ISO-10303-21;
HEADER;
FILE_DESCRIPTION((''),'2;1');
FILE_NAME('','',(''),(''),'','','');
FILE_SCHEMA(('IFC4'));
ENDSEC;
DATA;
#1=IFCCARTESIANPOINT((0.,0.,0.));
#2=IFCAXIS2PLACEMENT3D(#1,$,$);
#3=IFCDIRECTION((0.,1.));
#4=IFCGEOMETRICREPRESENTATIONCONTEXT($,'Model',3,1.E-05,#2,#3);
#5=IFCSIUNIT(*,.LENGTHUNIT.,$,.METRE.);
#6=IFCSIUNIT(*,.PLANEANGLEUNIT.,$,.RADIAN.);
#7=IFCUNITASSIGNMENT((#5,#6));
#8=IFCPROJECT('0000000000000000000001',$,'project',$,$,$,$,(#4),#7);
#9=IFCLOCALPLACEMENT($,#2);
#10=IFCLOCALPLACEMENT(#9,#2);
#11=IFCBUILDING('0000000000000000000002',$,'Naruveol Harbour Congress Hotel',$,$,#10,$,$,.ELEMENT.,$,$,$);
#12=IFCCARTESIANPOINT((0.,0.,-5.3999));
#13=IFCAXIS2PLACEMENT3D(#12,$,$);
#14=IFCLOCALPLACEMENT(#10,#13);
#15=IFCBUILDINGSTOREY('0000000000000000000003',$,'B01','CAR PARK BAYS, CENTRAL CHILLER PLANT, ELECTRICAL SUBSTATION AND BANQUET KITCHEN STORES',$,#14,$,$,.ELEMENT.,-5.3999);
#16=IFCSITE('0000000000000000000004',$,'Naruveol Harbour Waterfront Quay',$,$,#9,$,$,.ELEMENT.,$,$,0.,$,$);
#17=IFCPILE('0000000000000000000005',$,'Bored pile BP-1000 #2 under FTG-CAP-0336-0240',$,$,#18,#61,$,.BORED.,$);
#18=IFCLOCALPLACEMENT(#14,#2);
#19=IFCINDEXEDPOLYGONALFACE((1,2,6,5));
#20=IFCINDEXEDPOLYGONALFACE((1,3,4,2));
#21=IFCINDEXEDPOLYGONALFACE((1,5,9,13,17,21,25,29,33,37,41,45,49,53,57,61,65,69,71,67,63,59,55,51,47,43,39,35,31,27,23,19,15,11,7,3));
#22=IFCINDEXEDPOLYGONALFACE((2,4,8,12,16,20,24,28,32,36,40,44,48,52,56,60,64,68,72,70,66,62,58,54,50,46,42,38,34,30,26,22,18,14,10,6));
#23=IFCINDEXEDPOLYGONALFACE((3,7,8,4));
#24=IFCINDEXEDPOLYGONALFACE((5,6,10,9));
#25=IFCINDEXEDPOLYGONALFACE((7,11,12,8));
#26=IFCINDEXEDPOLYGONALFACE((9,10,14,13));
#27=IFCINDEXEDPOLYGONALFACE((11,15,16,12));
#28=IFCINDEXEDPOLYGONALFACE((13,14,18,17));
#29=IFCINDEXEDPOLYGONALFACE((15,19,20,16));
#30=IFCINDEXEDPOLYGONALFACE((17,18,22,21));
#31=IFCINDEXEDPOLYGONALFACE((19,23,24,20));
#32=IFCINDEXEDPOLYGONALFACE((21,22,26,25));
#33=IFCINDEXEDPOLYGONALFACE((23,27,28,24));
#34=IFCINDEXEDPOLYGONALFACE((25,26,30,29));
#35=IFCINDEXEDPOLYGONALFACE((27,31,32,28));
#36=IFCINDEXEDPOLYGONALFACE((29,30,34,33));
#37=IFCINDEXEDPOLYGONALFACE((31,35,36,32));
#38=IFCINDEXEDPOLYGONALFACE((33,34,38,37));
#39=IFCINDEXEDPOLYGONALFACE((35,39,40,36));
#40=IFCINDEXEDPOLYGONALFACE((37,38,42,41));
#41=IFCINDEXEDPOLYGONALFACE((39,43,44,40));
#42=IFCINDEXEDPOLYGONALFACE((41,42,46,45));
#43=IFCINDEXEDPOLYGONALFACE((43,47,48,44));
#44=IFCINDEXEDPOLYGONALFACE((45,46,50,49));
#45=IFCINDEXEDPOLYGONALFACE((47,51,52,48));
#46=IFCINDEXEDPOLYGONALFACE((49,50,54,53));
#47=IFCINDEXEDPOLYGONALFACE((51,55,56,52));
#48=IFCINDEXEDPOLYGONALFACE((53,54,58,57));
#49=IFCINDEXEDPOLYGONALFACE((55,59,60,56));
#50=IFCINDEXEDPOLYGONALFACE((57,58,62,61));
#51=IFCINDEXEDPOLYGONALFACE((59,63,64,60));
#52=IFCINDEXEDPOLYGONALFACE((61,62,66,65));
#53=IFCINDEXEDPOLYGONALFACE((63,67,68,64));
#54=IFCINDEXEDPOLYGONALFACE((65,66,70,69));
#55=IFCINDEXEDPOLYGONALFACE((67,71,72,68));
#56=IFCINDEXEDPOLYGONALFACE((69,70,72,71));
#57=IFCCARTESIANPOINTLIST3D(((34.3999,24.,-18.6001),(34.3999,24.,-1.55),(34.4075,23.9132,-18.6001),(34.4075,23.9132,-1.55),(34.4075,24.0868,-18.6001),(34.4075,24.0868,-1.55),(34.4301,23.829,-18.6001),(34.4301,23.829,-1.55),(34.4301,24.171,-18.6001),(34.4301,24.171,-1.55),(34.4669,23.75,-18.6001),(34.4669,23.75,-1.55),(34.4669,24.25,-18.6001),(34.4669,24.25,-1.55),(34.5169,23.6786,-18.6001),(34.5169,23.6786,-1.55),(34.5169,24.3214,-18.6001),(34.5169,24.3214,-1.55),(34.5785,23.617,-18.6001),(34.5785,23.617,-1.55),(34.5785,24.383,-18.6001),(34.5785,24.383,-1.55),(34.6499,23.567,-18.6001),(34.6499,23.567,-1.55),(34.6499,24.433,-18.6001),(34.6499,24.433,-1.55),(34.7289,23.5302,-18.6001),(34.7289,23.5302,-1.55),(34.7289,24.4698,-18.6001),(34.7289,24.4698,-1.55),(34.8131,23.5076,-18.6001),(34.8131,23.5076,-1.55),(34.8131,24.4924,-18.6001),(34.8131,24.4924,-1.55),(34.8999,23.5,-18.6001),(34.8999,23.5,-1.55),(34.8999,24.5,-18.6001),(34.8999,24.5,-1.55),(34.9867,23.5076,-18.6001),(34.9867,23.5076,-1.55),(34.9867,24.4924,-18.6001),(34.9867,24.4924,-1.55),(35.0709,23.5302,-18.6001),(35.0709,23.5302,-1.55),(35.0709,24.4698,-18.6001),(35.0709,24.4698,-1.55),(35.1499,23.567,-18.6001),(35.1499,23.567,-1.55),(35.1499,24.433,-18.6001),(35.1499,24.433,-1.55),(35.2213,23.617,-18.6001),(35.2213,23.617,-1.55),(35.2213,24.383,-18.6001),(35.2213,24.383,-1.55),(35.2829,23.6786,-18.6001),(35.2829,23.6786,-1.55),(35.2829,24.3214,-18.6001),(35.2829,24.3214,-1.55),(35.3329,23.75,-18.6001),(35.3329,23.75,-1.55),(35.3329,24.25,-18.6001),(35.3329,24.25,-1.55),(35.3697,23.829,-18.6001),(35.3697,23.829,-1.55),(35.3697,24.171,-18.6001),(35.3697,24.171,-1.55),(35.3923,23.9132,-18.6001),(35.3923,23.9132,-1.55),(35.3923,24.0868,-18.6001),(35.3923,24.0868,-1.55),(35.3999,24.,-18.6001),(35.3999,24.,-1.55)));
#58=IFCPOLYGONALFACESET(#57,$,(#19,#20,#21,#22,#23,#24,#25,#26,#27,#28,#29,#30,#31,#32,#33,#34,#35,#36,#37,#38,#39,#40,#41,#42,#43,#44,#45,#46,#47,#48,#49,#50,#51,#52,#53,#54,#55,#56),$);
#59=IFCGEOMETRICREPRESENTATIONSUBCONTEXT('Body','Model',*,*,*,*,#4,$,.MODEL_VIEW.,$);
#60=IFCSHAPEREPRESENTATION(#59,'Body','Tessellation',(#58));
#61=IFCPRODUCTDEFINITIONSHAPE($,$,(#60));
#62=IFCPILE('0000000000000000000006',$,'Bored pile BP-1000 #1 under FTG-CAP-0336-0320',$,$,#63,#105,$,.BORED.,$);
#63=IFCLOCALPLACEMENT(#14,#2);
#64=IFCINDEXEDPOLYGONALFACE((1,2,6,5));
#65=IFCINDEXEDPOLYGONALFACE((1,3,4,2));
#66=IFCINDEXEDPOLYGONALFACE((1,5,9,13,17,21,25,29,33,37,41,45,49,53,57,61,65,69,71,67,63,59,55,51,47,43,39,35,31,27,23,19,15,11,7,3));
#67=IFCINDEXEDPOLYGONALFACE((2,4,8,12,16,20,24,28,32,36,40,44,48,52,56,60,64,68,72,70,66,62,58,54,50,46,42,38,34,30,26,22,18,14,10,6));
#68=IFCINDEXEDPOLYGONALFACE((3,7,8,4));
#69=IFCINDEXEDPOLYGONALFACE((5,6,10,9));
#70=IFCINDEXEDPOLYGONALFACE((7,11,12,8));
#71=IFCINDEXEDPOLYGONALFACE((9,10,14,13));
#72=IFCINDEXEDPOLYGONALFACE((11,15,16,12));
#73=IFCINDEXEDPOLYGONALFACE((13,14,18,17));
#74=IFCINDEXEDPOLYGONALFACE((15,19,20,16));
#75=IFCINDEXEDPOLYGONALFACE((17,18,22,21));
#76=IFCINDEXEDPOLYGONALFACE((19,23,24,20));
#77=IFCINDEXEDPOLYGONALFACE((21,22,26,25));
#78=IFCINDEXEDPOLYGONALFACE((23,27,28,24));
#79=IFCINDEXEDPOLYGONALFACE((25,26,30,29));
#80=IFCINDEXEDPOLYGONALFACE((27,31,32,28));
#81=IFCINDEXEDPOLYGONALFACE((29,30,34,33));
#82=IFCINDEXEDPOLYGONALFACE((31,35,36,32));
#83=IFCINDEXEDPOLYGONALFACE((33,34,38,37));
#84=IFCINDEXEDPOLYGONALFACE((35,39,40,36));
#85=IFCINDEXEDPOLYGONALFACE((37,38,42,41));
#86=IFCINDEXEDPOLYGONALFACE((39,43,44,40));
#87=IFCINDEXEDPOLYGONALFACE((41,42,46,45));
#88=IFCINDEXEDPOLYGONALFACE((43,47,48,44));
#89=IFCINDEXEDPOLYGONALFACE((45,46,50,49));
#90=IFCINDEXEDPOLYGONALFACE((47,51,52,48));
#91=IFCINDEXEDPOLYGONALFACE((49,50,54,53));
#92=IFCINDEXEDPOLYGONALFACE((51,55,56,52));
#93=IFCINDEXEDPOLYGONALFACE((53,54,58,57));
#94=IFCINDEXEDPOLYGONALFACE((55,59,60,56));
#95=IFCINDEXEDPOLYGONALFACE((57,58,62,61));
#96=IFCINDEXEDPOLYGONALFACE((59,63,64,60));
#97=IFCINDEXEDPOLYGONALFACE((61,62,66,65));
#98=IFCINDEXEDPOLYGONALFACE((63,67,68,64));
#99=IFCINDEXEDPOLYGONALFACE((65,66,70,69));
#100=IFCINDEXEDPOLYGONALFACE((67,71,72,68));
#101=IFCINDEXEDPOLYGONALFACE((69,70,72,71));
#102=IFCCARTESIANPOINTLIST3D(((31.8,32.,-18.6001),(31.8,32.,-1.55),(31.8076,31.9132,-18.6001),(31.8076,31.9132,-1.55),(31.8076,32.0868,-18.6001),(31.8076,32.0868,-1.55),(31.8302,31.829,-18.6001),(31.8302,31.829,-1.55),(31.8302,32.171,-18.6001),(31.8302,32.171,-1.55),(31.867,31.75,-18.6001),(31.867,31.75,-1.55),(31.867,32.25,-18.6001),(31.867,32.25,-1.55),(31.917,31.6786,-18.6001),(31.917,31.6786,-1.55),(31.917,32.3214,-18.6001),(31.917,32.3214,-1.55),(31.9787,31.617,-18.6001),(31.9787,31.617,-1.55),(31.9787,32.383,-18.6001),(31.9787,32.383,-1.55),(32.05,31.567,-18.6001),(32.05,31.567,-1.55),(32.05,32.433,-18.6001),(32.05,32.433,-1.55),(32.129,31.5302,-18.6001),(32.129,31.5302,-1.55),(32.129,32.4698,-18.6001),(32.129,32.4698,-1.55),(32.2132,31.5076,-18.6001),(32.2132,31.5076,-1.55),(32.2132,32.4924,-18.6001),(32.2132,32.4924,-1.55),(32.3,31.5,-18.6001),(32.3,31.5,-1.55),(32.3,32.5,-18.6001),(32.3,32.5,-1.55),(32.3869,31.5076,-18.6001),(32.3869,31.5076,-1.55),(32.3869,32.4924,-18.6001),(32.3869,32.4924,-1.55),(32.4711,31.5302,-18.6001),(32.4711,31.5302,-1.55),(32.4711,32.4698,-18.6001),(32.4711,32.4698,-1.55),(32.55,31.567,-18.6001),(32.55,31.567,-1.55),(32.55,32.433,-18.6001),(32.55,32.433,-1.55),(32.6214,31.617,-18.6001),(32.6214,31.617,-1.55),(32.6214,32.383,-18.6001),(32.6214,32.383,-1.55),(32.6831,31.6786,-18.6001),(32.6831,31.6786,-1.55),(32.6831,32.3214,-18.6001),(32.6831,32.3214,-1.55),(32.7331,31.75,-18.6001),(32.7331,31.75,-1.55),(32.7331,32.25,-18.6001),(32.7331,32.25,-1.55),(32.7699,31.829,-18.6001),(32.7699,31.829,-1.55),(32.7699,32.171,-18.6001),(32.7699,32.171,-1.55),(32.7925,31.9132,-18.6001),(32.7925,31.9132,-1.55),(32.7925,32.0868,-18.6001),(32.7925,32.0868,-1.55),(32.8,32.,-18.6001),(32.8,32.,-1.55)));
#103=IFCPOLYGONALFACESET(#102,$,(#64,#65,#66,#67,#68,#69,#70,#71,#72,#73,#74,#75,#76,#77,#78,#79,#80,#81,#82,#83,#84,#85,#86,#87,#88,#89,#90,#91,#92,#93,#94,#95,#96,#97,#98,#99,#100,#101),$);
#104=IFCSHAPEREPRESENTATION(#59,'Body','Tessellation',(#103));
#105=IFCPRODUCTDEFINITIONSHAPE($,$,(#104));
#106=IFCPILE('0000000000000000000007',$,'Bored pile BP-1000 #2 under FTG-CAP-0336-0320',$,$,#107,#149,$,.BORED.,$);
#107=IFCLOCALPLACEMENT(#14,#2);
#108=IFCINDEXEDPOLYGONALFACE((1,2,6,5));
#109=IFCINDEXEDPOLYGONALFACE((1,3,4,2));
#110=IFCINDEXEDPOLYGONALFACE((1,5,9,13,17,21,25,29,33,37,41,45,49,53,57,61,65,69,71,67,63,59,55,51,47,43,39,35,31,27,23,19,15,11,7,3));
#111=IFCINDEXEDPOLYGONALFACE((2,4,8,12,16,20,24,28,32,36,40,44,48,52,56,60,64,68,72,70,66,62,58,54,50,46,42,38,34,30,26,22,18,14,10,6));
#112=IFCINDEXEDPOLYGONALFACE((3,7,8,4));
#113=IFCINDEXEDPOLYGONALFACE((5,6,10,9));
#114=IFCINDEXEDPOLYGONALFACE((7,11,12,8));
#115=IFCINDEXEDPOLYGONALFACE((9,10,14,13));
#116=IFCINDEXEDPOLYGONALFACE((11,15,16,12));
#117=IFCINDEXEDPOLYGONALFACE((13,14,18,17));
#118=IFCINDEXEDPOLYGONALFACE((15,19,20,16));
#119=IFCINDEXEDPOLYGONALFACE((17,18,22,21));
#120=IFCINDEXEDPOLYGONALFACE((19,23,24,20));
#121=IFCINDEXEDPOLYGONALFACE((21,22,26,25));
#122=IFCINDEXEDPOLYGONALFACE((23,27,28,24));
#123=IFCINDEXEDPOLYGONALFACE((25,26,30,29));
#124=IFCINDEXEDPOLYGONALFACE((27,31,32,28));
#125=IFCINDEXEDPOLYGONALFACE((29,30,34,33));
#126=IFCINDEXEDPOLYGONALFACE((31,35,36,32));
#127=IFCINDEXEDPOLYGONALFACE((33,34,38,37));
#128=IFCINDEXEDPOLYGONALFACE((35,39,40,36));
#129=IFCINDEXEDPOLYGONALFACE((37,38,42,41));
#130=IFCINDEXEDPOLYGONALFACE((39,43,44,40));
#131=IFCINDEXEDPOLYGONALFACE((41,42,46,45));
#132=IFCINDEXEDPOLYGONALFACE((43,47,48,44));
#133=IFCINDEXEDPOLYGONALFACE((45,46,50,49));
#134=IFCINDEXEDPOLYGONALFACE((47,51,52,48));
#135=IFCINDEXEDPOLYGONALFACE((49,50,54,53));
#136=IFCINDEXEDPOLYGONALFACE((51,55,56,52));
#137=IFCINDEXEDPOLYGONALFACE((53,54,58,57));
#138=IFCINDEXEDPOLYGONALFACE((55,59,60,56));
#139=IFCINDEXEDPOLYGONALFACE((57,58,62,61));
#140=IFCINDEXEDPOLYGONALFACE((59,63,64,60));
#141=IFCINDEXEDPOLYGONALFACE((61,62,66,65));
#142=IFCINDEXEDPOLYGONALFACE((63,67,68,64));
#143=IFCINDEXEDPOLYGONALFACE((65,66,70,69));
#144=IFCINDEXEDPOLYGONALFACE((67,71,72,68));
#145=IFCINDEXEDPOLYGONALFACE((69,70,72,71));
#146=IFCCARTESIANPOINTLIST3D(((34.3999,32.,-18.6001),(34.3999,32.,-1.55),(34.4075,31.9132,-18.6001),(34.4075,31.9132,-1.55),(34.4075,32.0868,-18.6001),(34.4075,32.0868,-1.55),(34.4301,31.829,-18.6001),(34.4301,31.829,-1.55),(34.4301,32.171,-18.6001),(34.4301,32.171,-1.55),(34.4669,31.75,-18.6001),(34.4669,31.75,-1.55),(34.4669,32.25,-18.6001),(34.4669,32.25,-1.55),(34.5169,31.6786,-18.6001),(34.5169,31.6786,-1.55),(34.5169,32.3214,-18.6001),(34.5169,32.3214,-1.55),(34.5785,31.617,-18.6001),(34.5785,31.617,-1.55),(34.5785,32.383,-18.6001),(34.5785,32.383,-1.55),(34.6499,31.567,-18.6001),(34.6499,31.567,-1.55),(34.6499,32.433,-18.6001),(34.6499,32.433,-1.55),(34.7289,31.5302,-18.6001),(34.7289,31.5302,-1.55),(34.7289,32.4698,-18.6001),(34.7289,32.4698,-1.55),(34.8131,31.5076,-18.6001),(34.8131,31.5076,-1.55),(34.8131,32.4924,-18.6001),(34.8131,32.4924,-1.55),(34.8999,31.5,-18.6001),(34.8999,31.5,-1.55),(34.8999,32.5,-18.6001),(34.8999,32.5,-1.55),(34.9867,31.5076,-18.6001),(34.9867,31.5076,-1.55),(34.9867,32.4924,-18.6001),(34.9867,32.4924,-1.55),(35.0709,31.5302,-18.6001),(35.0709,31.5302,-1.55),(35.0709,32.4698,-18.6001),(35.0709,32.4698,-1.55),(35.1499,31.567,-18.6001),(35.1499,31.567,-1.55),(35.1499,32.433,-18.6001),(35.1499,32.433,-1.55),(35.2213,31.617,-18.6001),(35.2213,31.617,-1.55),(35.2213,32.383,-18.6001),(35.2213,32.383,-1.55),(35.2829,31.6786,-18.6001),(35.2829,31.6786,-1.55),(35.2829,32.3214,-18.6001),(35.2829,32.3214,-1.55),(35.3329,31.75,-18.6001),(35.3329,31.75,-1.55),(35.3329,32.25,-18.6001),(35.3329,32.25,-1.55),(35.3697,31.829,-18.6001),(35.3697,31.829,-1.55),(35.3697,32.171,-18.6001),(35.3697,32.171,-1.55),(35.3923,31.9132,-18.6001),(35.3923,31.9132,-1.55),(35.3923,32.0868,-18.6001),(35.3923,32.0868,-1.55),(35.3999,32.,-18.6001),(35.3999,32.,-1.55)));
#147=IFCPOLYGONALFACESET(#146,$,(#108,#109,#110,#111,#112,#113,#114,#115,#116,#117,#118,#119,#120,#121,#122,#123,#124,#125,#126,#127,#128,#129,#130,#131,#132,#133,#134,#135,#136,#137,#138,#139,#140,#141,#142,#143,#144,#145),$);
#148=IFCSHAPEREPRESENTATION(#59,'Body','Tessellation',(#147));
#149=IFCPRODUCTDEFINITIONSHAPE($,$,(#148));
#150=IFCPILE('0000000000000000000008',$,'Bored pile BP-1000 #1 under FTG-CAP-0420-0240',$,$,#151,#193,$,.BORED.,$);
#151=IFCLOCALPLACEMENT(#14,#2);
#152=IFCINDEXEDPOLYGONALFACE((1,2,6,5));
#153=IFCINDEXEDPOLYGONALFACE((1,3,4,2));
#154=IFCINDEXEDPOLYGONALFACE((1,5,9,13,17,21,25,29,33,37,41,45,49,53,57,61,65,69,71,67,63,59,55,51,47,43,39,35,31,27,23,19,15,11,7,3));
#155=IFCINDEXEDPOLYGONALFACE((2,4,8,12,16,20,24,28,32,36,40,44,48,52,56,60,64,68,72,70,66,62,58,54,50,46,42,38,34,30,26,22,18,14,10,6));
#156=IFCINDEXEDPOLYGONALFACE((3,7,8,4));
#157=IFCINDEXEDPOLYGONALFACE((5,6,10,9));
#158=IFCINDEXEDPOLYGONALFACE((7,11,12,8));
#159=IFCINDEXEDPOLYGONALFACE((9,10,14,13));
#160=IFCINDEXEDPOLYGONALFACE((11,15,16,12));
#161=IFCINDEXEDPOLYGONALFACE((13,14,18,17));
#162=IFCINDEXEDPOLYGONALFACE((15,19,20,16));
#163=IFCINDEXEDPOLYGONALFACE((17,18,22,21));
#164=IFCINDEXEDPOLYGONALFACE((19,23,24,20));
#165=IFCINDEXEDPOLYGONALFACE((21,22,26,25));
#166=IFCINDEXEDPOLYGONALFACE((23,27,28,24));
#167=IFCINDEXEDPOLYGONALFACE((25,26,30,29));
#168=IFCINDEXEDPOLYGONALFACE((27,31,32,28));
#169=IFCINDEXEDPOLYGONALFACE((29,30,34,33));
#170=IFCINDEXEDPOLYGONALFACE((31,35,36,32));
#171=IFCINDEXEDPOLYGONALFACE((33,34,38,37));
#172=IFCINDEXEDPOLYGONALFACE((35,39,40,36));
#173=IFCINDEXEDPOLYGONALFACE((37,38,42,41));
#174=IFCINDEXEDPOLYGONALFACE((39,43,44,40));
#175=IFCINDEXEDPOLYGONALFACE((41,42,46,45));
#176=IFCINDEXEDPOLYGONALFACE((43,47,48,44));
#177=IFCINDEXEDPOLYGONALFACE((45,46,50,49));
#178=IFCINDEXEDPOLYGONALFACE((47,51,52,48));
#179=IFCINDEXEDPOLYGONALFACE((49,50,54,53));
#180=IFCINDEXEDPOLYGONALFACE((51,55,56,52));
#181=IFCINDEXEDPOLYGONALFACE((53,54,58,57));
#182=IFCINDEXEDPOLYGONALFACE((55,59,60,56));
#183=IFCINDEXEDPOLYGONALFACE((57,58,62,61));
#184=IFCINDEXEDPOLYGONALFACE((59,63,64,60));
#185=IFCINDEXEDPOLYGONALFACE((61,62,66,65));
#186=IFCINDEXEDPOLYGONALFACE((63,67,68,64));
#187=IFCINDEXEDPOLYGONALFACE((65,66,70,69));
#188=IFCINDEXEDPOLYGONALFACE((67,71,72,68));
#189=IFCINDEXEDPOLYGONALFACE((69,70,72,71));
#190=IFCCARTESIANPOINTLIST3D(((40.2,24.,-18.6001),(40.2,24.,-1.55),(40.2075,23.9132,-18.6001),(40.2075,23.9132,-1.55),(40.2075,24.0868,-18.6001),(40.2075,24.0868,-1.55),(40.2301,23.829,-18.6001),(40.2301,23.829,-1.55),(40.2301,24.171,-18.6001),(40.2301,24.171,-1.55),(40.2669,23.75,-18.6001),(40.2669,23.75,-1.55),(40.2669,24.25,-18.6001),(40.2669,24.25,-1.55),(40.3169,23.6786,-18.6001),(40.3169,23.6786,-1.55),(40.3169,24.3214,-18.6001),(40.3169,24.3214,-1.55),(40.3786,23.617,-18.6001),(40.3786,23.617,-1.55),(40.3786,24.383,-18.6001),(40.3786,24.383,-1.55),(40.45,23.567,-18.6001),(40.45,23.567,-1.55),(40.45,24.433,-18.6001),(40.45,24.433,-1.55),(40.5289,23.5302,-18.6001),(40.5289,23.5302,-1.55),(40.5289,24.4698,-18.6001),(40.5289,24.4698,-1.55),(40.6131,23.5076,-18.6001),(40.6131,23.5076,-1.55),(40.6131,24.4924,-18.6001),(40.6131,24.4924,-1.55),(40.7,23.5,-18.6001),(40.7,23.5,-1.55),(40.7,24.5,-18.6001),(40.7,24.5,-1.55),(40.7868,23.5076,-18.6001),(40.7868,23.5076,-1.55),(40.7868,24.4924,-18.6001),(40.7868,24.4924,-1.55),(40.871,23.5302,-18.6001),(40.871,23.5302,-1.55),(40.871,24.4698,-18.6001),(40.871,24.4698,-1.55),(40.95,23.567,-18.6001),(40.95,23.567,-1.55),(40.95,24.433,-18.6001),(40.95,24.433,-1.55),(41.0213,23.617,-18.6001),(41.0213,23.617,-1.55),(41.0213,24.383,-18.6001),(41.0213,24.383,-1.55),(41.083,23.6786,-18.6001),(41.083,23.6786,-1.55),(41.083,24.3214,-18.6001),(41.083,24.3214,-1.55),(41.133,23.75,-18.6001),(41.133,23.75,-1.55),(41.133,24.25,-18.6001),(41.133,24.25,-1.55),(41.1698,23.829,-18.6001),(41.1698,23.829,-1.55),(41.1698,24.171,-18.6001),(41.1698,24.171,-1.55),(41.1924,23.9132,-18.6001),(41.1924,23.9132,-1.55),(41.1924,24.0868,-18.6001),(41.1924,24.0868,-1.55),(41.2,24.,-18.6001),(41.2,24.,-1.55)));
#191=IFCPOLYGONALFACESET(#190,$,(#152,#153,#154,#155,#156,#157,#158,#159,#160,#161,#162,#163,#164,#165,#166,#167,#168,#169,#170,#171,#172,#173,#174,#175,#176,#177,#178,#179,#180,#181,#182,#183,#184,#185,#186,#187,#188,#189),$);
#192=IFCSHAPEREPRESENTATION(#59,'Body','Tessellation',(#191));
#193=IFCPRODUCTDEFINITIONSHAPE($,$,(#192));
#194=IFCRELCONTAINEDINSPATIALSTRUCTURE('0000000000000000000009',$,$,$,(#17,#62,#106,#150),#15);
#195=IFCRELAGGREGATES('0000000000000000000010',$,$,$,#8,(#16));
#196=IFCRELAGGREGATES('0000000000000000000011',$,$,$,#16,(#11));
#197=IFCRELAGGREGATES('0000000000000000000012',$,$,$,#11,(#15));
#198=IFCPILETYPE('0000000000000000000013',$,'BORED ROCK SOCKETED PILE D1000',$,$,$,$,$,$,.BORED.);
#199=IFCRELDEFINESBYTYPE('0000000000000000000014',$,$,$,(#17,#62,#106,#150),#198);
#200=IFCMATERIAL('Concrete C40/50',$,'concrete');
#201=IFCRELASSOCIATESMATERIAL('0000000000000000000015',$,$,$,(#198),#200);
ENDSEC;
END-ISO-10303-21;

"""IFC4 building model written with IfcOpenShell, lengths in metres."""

from ifc_helpers import new_model, si_unit, direction, frame, origin, origin_2d, place, context, subcontext, project, spatial, circle, extrude, material, material_profile, profile_set, type_object, element, save


model = new_model("IFC4")

# Units and contexts
model_context = context("Model", 3, precision=1e-05, world=origin(), true_north=direction((0.0, 1.0)))
body_context = subcontext(model_context, "Body", "Model", "MODEL_VIEW")
ifc_project = project(units=[si_unit("LENGTHUNIT", "METRE"), si_unit("PLANEANGLEUNIT", "RADIAN")], contexts=[model_context])

# Site, building, storey
site_placement = place(None, origin())
site = spatial("IfcSite", under=ifc_project, at=site_placement, Name="Naruveol Harbour Waterfront Quay", CompositionType="ELEMENT", RefElevation=0.0)
building_placement = place(site_placement, origin())
building = spatial("IfcBuilding", under=site, at=building_placement, Name="Naruveol Harbour Congress Hotel", CompositionType="ELEMENT")
storey_placement = place(building_placement, frame((0.0, 0.0, -5.3999)))
storey = spatial("IfcBuildingStorey", under=building, at=storey_placement, Name="B01", Description="CAR PARK BAYS, CENTRAL CHILLER PLANT, ELECTRICAL SUBSTATION AND BANQUET KITCHEN STORES", CompositionType="ELEMENT", Elevation=-5.3999)

# Piles
ifc_material_1 = material(Name="Concrete C40/50", Category="concrete")
ifc_material_profile_1 = material_profile(ifc_material_1, circle(Radius=0.5, at=origin_2d()), Name="BP-1000")
ifc_profile_set_1 = profile_set([ifc_material_profile_1], Name="Concrete C40/50")
pile_type_1 = type_object("IfcPileType", Name="BORED ROCK SOCKETED PILE D1000", PredefinedType="BORED", material=ifc_profile_set_1)
for number, where, z_axis, x_axis, name in (
    (1, (34.8999, 24.0, -1.55), (0.0, 0.0, -1.0), (1.0, 0.0, 0.0), "Bored pile BP-1000 #2 under FTG-CAP-0336-0240"),
    (2, (32.3, 32.0, -1.55), (0.0, 0.0, -1.0), (1.0, 0.0, 0.0), "Bored pile BP-1000 #1 under FTG-CAP-0336-0320"),
    (3, (34.8999, 32.0, -1.55), (0.0, 0.0, -1.0), (1.0, 0.0, 0.0), "Bored pile BP-1000 #2 under FTG-CAP-0336-0320"),
    (4, (40.7, 24.0, -1.55), (0.0, 0.0, -1.0), (1.0, 0.0, 0.0), "Bored pile BP-1000 #1 under FTG-CAP-0420-0240"),
):
    element("IfcPile", number, at=place(storey_placement, frame(where, z_axis=z_axis, x_axis=x_axis)), inside=storey, type_object=pile_type_1, Name=name, PredefinedType="BORED", context=body_context, shape_type="SweptSolid", body=[
        extrude(circle(Radius=0.5, at=origin_2d()), origin(), (0.0, 0.0, 1.0), 17.05),
    ])

save(model, "model.ifc")
